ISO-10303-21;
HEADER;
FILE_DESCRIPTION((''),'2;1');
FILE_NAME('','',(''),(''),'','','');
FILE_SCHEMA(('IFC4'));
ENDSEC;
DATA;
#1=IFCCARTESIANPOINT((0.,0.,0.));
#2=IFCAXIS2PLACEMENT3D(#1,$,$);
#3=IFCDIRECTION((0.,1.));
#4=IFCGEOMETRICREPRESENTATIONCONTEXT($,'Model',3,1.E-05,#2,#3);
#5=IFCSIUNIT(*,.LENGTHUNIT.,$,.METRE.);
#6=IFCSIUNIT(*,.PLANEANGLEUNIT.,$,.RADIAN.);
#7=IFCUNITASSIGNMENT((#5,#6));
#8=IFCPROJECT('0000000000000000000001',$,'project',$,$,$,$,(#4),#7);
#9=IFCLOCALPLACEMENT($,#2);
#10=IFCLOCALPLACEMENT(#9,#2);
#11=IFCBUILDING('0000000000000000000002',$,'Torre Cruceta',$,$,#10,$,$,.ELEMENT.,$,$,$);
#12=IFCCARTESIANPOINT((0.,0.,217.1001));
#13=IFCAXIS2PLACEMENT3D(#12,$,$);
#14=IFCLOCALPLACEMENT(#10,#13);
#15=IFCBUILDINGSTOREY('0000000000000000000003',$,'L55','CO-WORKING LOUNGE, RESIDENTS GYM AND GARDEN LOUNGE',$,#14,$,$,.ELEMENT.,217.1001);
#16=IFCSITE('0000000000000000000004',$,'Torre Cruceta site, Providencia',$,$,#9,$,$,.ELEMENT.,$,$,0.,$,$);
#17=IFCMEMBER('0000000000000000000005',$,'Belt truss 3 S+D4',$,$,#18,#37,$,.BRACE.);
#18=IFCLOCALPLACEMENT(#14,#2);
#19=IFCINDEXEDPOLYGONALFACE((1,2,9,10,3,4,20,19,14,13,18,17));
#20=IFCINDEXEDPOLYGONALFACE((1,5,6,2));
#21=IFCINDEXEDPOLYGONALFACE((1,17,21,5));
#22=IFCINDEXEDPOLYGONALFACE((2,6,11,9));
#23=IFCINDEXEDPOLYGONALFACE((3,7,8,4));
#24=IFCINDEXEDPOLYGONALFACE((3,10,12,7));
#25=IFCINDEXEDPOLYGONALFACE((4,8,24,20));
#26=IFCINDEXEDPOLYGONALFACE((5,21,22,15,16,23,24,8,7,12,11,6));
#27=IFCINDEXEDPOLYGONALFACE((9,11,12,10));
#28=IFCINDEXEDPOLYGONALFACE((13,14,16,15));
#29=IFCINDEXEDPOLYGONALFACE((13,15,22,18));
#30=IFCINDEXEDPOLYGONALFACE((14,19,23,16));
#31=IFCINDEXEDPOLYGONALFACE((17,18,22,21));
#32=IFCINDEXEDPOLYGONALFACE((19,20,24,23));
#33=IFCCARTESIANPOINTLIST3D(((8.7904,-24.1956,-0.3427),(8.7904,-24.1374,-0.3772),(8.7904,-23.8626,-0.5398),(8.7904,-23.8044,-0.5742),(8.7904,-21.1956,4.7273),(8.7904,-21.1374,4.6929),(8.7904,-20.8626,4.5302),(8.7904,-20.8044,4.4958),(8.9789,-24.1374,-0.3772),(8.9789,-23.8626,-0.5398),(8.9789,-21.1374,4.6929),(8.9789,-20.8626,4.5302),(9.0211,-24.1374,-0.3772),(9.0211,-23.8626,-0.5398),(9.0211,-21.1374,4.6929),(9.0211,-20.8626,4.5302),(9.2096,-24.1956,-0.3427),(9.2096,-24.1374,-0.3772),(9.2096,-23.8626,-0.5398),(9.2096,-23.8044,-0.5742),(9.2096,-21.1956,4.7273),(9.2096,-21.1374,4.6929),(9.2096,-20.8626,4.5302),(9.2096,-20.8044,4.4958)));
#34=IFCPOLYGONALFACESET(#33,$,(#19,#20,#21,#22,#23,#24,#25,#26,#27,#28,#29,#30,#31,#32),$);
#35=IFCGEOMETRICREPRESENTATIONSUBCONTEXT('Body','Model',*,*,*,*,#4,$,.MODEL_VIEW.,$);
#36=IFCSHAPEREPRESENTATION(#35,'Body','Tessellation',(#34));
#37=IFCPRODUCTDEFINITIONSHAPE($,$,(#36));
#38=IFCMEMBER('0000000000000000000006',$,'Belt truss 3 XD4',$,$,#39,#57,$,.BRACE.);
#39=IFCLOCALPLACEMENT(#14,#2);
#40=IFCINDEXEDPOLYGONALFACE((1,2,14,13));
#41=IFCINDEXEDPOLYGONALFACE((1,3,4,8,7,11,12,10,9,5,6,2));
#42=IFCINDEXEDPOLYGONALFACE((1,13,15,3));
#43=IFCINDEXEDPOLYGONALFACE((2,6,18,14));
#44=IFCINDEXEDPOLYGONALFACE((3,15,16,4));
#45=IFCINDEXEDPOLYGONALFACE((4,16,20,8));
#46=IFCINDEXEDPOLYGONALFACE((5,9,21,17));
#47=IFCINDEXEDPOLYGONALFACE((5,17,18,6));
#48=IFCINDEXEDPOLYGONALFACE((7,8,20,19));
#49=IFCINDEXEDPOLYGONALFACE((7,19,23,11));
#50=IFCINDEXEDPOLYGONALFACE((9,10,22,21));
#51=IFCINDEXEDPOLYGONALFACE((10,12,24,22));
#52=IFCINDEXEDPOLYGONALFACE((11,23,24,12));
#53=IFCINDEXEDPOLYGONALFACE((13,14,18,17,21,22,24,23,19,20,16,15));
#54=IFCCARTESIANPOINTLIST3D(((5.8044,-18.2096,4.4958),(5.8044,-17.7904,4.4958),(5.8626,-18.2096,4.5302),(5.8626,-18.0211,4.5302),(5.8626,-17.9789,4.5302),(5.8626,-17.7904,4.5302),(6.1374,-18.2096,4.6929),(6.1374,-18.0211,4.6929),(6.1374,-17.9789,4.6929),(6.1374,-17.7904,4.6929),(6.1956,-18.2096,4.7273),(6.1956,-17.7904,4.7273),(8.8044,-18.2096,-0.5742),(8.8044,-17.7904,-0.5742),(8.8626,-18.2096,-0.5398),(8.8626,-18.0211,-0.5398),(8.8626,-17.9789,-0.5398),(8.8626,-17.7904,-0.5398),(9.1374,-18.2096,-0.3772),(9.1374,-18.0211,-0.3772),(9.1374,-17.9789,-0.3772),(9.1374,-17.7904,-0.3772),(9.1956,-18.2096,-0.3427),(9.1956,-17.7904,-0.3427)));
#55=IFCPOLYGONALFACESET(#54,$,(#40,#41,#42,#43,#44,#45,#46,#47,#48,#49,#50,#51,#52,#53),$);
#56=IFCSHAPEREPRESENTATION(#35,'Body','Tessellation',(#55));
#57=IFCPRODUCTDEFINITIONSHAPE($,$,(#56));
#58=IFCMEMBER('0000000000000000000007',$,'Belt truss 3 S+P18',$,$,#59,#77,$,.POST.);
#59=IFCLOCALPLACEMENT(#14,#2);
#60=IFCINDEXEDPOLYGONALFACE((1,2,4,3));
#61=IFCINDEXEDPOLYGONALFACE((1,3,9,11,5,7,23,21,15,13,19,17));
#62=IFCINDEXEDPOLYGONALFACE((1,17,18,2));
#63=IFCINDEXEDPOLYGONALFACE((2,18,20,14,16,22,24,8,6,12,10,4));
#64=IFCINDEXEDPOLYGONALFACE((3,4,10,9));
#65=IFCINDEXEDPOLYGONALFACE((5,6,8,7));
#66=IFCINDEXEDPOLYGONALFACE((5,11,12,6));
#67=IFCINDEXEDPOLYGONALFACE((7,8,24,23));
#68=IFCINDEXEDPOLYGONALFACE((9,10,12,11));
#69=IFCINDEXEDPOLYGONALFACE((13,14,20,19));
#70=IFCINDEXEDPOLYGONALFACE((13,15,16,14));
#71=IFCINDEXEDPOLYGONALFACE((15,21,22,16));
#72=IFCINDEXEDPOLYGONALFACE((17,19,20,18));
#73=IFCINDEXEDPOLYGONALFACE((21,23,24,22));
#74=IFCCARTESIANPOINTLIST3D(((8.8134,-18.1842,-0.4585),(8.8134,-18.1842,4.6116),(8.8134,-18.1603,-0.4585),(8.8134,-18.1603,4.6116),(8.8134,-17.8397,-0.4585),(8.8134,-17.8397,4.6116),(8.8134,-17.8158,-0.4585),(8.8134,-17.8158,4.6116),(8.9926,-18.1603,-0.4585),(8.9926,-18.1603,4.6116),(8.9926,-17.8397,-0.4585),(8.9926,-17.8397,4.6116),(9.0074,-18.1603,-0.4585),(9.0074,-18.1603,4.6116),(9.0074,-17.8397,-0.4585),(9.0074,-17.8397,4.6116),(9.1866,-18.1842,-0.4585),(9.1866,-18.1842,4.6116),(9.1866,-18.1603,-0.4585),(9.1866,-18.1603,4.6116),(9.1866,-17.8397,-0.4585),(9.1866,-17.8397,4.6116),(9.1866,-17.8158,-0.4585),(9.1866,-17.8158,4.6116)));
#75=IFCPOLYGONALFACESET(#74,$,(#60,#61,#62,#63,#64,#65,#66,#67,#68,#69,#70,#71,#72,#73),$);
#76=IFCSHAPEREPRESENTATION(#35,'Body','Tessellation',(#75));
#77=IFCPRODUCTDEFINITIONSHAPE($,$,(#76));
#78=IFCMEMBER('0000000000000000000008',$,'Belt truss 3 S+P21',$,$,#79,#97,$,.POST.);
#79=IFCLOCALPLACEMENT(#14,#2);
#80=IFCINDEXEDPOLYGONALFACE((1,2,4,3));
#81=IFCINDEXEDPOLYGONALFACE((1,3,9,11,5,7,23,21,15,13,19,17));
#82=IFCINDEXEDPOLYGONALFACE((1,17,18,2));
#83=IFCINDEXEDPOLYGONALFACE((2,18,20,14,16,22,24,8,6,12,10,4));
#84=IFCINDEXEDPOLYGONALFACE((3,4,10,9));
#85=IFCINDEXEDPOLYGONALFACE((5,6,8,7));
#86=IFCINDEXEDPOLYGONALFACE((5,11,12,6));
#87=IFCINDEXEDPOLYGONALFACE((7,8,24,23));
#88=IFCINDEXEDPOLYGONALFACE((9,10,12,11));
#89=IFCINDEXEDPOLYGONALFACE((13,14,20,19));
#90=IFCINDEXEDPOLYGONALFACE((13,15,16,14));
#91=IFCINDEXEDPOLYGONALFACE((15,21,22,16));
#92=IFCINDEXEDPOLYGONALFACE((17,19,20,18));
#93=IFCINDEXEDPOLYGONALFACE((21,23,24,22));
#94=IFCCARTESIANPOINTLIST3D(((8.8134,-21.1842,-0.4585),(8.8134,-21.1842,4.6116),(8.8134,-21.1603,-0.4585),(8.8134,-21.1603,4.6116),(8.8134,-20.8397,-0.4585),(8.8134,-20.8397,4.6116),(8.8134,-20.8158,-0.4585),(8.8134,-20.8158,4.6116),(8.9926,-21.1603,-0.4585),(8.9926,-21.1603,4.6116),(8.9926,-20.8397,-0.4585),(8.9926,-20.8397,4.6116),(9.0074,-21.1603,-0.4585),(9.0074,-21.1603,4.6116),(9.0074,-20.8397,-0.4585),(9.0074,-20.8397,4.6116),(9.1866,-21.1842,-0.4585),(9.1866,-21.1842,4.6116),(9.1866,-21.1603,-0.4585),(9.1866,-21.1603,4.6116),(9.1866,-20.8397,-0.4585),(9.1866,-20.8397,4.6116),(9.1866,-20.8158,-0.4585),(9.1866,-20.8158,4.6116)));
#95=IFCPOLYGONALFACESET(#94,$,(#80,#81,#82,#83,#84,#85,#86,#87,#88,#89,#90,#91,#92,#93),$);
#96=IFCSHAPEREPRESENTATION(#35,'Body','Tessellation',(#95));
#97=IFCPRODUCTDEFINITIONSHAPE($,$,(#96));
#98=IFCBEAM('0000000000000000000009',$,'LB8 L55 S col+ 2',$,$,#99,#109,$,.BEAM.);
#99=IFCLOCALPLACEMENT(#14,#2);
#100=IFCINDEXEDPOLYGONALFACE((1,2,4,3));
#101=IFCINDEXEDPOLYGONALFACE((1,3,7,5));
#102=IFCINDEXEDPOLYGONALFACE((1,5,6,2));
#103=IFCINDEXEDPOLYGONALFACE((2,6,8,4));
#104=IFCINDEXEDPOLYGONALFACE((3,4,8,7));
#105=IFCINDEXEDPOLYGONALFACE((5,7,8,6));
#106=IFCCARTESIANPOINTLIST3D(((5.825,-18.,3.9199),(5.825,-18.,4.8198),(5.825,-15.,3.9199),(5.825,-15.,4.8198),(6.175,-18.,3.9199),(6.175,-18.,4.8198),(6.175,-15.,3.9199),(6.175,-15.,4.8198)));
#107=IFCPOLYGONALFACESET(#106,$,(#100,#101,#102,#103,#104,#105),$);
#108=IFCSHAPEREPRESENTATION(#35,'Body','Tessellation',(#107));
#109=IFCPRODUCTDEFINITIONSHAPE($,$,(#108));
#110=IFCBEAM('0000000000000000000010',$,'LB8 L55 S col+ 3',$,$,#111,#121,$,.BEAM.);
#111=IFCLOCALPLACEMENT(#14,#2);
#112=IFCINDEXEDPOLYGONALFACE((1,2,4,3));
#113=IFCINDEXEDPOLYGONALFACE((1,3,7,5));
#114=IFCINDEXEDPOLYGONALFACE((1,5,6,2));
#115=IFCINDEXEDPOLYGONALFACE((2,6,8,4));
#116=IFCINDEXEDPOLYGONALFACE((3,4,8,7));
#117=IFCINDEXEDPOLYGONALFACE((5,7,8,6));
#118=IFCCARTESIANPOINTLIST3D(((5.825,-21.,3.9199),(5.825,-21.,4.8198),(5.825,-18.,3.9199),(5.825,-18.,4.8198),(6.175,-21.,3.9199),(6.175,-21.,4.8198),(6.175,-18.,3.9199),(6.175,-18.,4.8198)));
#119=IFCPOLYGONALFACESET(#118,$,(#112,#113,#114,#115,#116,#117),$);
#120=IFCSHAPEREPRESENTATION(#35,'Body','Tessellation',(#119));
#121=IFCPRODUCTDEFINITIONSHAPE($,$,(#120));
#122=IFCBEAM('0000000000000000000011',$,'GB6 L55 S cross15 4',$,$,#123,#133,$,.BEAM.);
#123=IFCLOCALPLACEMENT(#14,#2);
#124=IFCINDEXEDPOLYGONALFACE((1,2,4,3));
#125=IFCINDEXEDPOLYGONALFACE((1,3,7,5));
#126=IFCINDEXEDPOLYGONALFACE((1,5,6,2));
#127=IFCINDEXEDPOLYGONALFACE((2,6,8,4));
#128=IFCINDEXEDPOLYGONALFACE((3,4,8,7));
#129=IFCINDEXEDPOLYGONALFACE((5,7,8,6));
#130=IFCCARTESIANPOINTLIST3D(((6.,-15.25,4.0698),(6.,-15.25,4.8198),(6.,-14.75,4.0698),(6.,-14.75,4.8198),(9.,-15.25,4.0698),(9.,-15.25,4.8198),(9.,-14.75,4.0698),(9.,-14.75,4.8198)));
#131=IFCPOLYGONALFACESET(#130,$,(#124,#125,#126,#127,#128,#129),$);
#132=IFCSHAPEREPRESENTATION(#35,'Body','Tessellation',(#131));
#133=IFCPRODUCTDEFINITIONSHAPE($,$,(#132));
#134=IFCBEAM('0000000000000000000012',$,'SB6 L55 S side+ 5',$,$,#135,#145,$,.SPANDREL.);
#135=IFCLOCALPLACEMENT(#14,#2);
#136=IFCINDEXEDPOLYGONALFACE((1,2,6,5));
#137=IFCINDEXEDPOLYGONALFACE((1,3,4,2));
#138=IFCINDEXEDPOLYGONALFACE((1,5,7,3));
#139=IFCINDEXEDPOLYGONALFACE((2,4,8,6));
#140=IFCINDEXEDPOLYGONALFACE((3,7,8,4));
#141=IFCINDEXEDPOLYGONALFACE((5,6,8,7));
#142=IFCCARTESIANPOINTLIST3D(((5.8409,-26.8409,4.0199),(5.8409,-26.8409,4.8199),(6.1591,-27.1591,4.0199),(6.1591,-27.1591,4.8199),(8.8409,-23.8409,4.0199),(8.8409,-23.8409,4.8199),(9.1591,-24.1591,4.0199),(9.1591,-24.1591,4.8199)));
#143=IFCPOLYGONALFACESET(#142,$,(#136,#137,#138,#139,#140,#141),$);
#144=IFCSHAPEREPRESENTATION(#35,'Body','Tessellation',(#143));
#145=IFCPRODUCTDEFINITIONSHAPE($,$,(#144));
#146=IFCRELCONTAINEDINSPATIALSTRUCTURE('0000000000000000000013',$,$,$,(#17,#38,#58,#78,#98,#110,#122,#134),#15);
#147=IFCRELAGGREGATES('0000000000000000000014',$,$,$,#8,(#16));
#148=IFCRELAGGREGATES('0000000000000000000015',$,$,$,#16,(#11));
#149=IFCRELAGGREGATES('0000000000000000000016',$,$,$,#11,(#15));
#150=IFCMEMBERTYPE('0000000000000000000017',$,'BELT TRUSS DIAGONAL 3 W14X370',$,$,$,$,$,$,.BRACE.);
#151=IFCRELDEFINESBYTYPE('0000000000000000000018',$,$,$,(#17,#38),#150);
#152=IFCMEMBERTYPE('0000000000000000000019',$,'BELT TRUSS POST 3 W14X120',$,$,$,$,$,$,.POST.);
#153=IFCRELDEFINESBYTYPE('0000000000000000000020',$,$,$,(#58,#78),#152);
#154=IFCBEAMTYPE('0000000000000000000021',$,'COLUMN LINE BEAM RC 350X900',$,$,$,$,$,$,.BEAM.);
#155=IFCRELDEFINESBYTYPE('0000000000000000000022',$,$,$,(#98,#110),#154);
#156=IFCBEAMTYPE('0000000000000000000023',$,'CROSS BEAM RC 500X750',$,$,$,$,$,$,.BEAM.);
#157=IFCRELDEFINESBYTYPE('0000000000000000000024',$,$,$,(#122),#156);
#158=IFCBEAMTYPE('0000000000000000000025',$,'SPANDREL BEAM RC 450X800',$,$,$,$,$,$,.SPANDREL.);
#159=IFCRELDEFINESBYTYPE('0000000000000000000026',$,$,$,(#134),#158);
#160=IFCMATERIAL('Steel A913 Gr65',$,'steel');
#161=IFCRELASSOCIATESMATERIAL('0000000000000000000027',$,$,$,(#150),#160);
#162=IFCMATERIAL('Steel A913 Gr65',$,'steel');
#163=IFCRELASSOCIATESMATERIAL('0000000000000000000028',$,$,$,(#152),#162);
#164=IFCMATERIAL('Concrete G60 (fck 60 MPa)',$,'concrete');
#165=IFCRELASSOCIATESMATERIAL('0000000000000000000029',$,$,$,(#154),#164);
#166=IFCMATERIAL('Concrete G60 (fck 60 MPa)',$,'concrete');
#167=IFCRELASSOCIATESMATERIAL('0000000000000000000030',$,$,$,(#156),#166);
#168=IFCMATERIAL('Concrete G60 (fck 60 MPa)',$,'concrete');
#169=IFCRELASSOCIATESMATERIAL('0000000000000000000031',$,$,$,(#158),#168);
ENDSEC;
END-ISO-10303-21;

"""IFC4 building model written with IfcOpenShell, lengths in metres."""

from ifc_helpers import new_model, si_unit, direction, frame, origin, origin_2d, place, context, subcontext, project, spatial, rectangle, i_section, extrude, material, material_profile, profile_set, type_object, element, save


model = new_model("IFC4")

# Units and contexts
model_context = context("Model", 3, precision=1e-05, world=origin(), true_north=direction((0.0, 1.0)))
body_context = subcontext(model_context, "Body", "Model", "MODEL_VIEW")
ifc_project = project(units=[si_unit("LENGTHUNIT", "METRE"), si_unit("PLANEANGLEUNIT", "RADIAN")], contexts=[model_context])

# Site, building, storey
site_placement = place(None, origin())
site = spatial("IfcSite", under=ifc_project, at=site_placement, Name="Torre Cruceta site, Providencia", CompositionType="ELEMENT", RefElevation=0.0)
building_placement = place(site_placement, origin())
building = spatial("IfcBuilding", under=site, at=building_placement, Name="Torre Cruceta", CompositionType="ELEMENT")
storey_placement = place(building_placement, frame((0.0, 0.0, 217.1001)))
storey = spatial("IfcBuildingStorey", under=building, at=storey_placement, Name="L55", Description="CO-WORKING LOUNGE, RESIDENTS GYM AND GARDEN LOUNGE", CompositionType="ELEMENT", Elevation=217.1001)

# Members
ifc_material_1 = material(Name="Steel A913 Gr65", Category="steel")
ifc_material_profile_1 = material_profile(ifc_material_1, i_section(OverallWidth=0.4192, OverallDepth=0.4546, WebThickness=0.0422, FlangeThickness=0.0676, at=origin_2d()), Name="W14X370")
ifc_profile_set_1 = profile_set([ifc_material_profile_1], Name="Steel A913 Gr65")
member_type_1 = type_object("IfcMemberType", Name="BELT TRUSS DIAGONAL 3 W14X370", PredefinedType="BRACE", material=ifc_profile_set_1)
for number, where, z_axis, x_axis, name in (
    (1, (9.0, -24.0, -0.4585), (0.0, 0.509239, 0.860625), (-1.0, 0.0, 0.0), "Belt truss 3 S+D4"),
    (2, (9.0, -18.0, -0.4585), (-0.509239, 0.0, 0.860625), (0.0, -1.0, 0.0), "Belt truss 3 XD4"),
):
    element("IfcMember", number, at=place(storey_placement, frame(where, z_axis=z_axis, x_axis=x_axis)), inside=storey, type_object=member_type_1, Name=name, PredefinedType="BRACE", context=body_context, shape_type="SweptSolid", body=[
        extrude(i_section(OverallWidth=0.4192, OverallDepth=0.4546, WebThickness=0.0422, FlangeThickness=0.0676, at=origin_2d()), origin(), (0.0, 0.0, 1.0), 5.8911),
    ])
ifc_material_2 = material(Name="Steel A913 Gr65", Category="steel")
ifc_material_profile_2 = material_profile(ifc_material_2, i_section(OverallWidth=0.3733, OverallDepth=0.3684, WebThickness=0.0149, FlangeThickness=0.0239, at=origin_2d()), Name="W14X120")
ifc_profile_set_2 = profile_set([ifc_material_profile_2], Name="Steel A913 Gr65")
member_type_2 = type_object("IfcMemberType", Name="BELT TRUSS POST 3 W14X120", PredefinedType="POST", material=ifc_profile_set_2)
for number, where, z_axis, x_axis, name in (
    (3, (9.0, -18.0, -0.4585), (0.0, 0.0, 1.0), (1.0, 0.0, 0.0), "Belt truss 3 S+P18"),
    (4, (9.0, -21.0, -0.4585), (0.0, 0.0, 1.0), (1.0, 0.0, 0.0), "Belt truss 3 S+P21"),
):
    element("IfcMember", number, at=place(storey_placement, frame(where, z_axis=z_axis, x_axis=x_axis)), inside=storey, type_object=member_type_2, Name=name, PredefinedType="POST", context=body_context, shape_type="SweptSolid", body=[
        extrude(i_section(OverallWidth=0.3733, OverallDepth=0.3684, WebThickness=0.0149, FlangeThickness=0.0239, at=origin_2d()), origin(), (0.0, 0.0, 1.0), 5.0701),
    ])

# Beams
ifc_material_3 = material(Name="Concrete G60 (fck 60 MPa)", Category="concrete")
ifc_material_profile_3 = material_profile(ifc_material_3, rectangle(XDim=0.3501, YDim=0.8999, at=origin_2d()), Name="RC 350X900")
ifc_profile_set_3 = profile_set([ifc_material_profile_3], Name="Concrete G60 (fck 60 MPa)")
beam_type_1 = type_object("IfcBeamType", Name="COLUMN LINE BEAM RC 350X900", PredefinedType="BEAM", material=ifc_profile_set_3)
for number, where, z_axis, x_axis, name in (
    (5, (6.0, -15.0, 4.3699), (0.0, -1.0, 0.0), (1.0, 0.0, 0.0), "LB8 L55 S col+ 2"),
    (6, (6.0, -18.0, 4.3699), (0.0, -1.0, 0.0), (1.0, 0.0, 0.0), "LB8 L55 S col+ 3"),
):
    element("IfcBeam", number, at=place(storey_placement, frame(where, z_axis=z_axis, x_axis=x_axis)), inside=storey, type_object=beam_type_1, Name=name, PredefinedType="BEAM", context=body_context, shape_type="SweptSolid", body=[
        extrude(rectangle(XDim=0.3501, YDim=0.8999, at=origin_2d()), origin(), (0.0, 0.0, 1.0), 3.0),
    ])
ifc_material_4 = material(Name="Concrete G60 (fck 60 MPa)", Category="concrete")
ifc_material_profile_4 = material_profile(ifc_material_4, rectangle(XDim=0.5, YDim=0.75, at=origin_2d()), Name="RC 500X750")
ifc_profile_set_4 = profile_set([ifc_material_profile_4], Name="Concrete G60 (fck 60 MPa)")
beam_type_2 = type_object("IfcBeamType", Name="CROSS BEAM RC 500X750", PredefinedType="BEAM", material=ifc_profile_set_4)
beam_1_placement = place(storey_placement, frame((6.0, -15.0, 4.4448), z_axis=(1.0, 0.0, 0.0), x_axis=(0.0, 1.0, 0.0)))
element("IfcBeam", 7, at=beam_1_placement, inside=storey, type_object=beam_type_2, Name="GB6 L55 S cross15 4", PredefinedType="BEAM", context=body_context, shape_type="SweptSolid", body=[
    extrude(rectangle(XDim=0.5, YDim=0.75, at=origin_2d()), origin(), (0.0, 0.0, 1.0), 3.0),
])
ifc_material_5 = material(Name="Concrete G60 (fck 60 MPa)", Category="concrete")
ifc_material_profile_5 = material_profile(ifc_material_5, rectangle(XDim=0.45, YDim=0.8, at=origin_2d()), Name="RC 450X800")
ifc_profile_set_5 = profile_set([ifc_material_profile_5], Name="Concrete G60 (fck 60 MPa)")
beam_type_3 = type_object("IfcBeamType", Name="SPANDREL BEAM RC 450X800", PredefinedType="SPANDREL", material=ifc_profile_set_5)
beam_2_placement = place(storey_placement, frame((9.0, -24.0, 4.4199), z_axis=(-0.707107, -0.707107, 0.0), x_axis=(0.707107, -0.707107, 0.0)))
element("IfcBeam", 8, at=beam_2_placement, inside=storey, type_object=beam_type_3, Name="SB6 L55 S side+ 5", PredefinedType="SPANDREL", context=body_context, shape_type="SweptSolid", body=[
    extrude(rectangle(XDim=0.45, YDim=0.8, at=origin_2d()), origin(), (0.0, 0.0, 1.0), 4.2427),
])

save(model, "model.ifc")
